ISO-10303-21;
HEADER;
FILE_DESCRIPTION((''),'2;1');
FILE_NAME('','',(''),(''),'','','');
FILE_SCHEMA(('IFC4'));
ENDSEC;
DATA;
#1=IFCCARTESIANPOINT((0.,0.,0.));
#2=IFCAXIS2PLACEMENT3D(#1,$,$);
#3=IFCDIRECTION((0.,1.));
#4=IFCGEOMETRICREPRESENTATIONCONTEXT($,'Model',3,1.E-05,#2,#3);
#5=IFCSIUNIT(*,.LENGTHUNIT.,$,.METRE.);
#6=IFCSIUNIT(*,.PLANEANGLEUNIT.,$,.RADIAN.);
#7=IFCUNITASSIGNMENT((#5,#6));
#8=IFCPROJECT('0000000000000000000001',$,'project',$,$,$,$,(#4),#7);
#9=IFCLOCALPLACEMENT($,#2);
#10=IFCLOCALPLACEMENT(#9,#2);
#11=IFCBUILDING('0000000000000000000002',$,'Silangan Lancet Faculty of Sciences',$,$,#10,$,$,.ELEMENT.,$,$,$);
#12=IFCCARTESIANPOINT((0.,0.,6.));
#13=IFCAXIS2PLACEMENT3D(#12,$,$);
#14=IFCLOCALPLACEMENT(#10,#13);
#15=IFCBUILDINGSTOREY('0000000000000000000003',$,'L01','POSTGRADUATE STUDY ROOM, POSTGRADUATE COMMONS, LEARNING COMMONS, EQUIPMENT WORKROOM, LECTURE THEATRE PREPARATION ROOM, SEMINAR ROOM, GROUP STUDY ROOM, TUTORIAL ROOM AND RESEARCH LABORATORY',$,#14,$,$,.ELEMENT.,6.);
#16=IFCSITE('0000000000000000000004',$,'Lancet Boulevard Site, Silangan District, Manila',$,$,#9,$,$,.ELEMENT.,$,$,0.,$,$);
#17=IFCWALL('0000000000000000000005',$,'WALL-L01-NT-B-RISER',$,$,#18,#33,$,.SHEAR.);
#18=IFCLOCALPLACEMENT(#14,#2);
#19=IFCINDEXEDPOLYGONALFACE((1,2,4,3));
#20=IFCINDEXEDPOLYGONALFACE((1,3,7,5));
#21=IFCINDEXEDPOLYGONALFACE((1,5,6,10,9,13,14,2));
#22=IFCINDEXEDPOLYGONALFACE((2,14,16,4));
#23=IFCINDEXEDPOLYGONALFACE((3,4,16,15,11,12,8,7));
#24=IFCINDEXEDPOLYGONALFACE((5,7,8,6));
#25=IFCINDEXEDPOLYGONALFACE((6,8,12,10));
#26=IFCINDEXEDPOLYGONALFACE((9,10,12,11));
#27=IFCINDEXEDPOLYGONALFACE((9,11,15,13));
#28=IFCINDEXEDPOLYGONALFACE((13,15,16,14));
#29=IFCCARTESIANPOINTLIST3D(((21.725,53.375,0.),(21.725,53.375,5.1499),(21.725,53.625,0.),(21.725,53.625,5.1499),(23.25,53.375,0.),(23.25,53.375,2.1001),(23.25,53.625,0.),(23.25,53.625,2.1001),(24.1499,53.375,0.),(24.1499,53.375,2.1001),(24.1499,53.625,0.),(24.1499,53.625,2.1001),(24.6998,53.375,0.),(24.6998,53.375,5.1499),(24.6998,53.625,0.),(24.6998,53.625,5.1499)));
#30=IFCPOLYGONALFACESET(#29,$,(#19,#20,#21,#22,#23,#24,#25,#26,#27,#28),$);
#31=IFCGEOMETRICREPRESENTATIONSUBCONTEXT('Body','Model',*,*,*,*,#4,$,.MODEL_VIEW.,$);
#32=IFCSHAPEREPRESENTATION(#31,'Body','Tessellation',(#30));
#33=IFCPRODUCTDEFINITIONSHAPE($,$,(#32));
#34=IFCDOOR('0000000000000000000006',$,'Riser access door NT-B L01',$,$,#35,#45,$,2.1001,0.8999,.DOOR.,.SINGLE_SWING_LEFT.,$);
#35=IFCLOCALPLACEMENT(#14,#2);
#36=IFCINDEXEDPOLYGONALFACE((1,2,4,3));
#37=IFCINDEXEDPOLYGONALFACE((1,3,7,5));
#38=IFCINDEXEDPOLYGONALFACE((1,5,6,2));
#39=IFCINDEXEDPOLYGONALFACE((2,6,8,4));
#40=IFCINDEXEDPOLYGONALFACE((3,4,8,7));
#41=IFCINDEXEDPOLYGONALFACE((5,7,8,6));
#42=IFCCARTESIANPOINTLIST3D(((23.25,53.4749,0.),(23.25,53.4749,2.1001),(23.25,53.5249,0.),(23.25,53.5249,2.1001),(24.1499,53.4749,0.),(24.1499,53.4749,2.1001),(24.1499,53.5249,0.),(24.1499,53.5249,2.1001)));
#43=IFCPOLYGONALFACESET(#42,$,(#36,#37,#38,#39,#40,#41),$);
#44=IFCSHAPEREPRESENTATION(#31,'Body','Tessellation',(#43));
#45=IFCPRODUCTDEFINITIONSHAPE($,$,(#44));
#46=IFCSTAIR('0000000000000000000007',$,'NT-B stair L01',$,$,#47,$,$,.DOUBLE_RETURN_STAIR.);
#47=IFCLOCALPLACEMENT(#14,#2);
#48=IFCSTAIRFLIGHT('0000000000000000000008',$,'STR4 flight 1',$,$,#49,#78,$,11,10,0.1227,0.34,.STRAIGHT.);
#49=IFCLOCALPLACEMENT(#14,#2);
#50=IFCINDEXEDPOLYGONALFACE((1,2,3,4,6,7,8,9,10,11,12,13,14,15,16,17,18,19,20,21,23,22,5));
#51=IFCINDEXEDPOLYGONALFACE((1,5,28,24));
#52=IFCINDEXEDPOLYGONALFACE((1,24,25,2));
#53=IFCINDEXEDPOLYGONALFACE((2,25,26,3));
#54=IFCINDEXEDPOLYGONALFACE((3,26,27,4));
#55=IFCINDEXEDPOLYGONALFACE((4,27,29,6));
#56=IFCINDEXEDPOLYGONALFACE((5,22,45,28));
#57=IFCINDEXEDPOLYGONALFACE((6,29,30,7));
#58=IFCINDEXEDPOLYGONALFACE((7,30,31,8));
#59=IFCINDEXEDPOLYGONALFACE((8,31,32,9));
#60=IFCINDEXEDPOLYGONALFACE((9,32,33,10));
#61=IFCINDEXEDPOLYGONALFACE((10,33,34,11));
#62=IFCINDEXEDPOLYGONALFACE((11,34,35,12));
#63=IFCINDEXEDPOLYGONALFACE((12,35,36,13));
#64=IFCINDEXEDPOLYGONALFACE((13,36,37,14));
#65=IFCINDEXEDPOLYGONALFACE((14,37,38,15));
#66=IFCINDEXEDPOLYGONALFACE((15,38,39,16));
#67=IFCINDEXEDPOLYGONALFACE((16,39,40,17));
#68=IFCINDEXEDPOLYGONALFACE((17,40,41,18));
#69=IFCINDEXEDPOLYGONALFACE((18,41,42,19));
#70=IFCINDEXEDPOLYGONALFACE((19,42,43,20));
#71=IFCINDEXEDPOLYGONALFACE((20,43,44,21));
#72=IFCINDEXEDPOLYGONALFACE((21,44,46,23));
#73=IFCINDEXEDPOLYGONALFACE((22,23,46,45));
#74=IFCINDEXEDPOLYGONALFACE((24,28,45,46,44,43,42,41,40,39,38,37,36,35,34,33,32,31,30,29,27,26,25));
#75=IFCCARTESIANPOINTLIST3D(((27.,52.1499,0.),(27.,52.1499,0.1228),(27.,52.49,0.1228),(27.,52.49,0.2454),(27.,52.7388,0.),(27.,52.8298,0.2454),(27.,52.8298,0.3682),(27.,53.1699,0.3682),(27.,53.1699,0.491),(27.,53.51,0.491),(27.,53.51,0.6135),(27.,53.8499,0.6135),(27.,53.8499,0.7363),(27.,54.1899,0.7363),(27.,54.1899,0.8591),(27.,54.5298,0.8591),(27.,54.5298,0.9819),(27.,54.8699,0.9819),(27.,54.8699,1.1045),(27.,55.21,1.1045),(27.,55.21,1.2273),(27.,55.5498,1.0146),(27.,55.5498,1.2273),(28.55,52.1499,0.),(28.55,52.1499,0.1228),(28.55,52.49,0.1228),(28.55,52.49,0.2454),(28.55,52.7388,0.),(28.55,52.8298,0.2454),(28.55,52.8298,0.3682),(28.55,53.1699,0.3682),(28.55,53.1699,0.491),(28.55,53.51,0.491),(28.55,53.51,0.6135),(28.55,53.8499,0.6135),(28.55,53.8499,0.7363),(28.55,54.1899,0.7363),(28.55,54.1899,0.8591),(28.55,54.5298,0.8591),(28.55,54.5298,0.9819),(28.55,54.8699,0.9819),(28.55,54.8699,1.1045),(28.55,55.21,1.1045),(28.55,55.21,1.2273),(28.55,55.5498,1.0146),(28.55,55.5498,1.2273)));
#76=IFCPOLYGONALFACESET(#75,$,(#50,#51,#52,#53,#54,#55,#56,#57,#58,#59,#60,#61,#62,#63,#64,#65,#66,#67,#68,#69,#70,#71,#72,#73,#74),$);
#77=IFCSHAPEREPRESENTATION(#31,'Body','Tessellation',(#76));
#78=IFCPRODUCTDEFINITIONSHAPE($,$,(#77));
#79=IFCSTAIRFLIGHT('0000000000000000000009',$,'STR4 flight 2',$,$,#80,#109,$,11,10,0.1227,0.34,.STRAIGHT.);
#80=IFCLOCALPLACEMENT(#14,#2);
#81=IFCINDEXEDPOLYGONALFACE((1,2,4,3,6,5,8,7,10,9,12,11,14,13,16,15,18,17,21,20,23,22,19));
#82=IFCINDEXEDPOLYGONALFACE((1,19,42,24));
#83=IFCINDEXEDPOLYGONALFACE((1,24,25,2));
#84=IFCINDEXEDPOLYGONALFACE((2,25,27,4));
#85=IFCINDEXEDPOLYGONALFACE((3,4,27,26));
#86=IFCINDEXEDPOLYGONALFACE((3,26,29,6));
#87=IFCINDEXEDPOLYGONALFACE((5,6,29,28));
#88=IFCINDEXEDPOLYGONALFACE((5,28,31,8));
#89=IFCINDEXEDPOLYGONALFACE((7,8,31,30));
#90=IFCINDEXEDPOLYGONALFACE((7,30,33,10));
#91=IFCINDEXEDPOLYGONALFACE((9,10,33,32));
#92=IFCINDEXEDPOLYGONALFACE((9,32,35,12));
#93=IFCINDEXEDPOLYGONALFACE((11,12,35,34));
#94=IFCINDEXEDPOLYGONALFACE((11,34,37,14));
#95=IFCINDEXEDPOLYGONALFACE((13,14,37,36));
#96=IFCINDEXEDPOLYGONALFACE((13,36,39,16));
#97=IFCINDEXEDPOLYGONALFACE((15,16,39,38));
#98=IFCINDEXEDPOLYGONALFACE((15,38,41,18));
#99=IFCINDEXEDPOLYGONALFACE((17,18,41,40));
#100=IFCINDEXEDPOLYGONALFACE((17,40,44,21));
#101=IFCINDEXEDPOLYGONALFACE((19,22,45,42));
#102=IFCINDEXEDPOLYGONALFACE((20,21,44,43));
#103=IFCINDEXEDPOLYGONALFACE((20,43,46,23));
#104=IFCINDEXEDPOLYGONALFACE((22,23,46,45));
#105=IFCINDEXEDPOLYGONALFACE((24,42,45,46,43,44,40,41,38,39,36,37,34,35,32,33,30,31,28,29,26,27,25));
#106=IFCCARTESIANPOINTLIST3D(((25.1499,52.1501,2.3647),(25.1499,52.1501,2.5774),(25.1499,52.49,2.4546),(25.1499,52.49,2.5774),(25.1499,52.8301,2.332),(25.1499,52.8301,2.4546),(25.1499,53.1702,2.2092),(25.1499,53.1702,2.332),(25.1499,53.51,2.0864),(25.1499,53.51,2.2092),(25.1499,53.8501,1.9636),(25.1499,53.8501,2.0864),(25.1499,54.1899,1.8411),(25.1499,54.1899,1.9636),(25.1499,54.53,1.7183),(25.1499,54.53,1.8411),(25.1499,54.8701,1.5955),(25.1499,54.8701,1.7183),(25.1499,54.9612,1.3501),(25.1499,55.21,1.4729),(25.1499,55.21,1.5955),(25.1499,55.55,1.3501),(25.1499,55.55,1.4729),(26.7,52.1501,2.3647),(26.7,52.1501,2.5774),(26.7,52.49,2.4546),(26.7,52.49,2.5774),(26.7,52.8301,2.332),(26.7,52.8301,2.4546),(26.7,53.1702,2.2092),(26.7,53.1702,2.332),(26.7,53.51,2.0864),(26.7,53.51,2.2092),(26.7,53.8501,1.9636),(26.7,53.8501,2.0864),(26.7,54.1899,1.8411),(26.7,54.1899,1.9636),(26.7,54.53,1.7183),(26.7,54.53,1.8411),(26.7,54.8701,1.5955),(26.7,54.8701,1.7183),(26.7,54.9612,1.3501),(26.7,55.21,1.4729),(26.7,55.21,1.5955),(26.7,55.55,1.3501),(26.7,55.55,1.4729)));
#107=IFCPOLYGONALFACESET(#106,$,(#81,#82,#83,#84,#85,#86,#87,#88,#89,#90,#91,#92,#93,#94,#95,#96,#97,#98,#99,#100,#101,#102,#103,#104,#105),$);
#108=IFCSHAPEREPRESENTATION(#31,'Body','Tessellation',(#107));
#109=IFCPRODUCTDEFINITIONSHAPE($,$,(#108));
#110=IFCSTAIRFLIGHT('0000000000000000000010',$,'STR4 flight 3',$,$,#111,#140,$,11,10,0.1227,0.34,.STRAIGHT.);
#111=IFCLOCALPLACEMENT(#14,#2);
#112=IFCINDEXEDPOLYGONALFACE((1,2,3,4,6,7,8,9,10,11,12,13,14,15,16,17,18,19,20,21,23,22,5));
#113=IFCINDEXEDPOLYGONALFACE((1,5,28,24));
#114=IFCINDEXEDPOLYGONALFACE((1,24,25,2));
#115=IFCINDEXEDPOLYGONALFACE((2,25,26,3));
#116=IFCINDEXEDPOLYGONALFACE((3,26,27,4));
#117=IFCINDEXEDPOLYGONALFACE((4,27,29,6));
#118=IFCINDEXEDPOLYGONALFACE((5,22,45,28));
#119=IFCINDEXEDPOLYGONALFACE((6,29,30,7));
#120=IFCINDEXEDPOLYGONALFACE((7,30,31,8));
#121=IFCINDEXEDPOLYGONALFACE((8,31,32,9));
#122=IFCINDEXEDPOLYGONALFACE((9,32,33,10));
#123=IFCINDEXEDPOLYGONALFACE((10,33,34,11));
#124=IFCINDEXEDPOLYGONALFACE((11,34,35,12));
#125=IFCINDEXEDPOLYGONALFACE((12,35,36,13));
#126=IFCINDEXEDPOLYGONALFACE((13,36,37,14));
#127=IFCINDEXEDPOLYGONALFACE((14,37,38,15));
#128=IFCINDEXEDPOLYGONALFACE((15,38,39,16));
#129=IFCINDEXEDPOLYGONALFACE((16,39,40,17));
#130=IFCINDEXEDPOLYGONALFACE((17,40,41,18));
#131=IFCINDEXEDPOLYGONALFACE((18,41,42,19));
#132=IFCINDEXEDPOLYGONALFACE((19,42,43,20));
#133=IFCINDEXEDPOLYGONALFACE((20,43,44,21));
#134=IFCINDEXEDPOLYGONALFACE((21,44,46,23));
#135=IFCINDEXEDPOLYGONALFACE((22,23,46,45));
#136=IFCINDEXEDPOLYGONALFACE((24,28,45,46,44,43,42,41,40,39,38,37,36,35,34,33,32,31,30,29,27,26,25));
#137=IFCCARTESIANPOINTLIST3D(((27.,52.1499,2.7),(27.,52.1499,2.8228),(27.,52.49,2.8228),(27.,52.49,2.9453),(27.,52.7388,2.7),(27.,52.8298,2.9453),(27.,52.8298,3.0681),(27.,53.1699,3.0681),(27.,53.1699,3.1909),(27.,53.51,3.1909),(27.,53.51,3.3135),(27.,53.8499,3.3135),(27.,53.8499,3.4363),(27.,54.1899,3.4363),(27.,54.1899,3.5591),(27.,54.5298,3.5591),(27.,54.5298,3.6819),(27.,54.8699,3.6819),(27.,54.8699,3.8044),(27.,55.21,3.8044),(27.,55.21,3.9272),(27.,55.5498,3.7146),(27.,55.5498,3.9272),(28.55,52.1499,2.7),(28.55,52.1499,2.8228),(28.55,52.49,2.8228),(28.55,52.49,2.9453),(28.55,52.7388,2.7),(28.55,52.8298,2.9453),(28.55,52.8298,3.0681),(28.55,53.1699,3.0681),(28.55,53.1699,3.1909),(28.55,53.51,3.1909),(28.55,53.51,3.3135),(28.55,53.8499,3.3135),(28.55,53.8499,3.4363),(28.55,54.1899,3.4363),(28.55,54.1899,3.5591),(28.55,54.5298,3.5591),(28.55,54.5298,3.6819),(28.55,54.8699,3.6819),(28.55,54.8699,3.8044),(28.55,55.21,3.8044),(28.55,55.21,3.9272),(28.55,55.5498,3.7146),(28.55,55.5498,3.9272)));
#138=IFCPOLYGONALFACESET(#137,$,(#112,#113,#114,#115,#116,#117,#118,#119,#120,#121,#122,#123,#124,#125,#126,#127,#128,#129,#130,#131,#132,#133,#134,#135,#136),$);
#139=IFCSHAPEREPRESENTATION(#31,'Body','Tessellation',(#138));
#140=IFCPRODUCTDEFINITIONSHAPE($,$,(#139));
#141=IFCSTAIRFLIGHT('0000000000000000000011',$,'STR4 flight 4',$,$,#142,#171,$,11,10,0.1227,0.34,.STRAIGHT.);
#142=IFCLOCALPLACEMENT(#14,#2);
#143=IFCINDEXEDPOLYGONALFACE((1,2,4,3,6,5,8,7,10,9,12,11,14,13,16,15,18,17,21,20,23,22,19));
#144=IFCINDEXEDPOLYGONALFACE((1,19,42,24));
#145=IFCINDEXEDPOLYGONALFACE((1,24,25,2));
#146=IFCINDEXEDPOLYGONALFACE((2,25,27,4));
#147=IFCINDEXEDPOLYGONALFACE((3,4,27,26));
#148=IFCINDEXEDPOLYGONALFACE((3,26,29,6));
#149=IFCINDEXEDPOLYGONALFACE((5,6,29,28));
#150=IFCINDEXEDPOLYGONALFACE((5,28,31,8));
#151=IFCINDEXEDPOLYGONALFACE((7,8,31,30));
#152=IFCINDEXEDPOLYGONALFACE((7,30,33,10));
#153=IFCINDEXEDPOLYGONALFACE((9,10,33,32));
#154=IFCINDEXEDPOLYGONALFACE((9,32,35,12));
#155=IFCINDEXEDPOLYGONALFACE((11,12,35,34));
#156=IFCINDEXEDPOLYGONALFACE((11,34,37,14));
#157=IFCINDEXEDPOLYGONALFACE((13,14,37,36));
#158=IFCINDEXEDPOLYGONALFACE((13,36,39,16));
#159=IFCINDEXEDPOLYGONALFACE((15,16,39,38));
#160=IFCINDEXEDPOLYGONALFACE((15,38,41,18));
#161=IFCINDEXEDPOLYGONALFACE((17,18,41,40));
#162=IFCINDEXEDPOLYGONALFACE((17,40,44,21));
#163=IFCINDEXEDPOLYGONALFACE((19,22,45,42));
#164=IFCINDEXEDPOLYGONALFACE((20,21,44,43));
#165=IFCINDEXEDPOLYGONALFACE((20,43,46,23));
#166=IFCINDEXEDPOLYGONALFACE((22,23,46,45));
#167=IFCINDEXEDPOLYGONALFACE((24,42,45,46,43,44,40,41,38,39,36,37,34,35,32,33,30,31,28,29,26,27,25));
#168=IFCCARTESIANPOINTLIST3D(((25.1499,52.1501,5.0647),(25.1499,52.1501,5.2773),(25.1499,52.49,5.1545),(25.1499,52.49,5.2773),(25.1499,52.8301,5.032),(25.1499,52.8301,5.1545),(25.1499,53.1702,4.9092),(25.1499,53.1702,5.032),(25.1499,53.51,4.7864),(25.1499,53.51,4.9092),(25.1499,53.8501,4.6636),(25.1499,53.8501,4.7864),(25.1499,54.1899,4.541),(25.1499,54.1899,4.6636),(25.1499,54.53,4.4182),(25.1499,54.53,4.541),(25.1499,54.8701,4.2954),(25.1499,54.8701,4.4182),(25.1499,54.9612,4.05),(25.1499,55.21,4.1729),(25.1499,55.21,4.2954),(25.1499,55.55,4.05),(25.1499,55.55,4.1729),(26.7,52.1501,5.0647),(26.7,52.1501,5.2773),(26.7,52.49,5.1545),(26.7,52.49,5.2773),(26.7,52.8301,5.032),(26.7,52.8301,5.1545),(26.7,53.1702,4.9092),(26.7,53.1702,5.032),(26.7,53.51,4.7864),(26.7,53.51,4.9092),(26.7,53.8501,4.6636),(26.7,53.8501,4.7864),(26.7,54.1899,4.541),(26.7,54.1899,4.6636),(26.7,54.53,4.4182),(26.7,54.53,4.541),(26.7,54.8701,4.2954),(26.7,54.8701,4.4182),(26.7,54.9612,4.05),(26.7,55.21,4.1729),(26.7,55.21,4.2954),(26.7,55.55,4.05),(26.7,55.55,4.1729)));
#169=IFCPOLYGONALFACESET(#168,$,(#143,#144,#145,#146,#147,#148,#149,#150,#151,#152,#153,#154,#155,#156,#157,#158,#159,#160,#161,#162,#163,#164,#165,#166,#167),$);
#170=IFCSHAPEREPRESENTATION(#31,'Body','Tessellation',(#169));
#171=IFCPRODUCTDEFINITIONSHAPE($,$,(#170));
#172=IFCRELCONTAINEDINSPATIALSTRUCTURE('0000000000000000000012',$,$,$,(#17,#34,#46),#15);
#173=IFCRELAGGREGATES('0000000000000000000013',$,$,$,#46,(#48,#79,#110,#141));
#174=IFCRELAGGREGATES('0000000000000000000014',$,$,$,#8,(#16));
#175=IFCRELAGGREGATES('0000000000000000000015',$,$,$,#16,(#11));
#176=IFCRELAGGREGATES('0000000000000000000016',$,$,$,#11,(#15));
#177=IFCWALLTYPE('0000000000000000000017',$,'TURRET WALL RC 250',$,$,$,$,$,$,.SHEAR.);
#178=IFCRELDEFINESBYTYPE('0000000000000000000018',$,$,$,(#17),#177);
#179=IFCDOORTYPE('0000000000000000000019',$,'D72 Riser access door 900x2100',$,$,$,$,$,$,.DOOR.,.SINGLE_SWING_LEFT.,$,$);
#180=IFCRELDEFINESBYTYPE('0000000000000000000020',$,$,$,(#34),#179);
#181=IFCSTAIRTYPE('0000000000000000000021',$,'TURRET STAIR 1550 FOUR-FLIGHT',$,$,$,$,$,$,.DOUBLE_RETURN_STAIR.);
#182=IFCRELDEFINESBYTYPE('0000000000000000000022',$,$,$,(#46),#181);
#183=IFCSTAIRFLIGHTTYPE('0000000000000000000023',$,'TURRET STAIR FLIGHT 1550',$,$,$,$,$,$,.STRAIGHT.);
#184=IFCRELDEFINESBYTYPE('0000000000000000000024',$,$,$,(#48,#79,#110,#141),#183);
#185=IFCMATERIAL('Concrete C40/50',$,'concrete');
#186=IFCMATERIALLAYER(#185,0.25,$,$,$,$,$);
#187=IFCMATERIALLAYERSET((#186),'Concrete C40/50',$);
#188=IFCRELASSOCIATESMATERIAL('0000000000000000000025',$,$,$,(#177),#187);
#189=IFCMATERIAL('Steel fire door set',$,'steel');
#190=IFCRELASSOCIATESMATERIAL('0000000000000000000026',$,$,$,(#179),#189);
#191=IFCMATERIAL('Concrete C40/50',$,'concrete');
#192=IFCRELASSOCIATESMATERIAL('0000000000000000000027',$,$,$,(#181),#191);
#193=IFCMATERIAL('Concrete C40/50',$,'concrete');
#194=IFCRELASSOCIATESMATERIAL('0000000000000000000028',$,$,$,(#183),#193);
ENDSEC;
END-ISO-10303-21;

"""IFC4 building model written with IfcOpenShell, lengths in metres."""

from ifc_helpers import new_model, si_unit, direction, frame, frame_2d, origin, place, context, subcontext, project, spatial, polyline, rectangle, outline, extrude, material, layer, layer_set, type_object, element, fill, aggregate, save


model = new_model("IFC4")

# Units and contexts
model_context = context("Model", 3, precision=1e-05, world=origin(), true_north=direction((0.0, 1.0)))
body_context = subcontext(model_context, "Body", "Model", "MODEL_VIEW")
ifc_project = project(units=[si_unit("LENGTHUNIT", "METRE"), si_unit("PLANEANGLEUNIT", "RADIAN")], contexts=[model_context])

# Site, building, storey
site_placement = place(None, origin())
site = spatial("IfcSite", under=ifc_project, at=site_placement, Name="Lancet Boulevard Site, Silangan District, Manila", CompositionType="ELEMENT", RefElevation=0.0)
building_placement = place(site_placement, origin())
building = spatial("IfcBuilding", under=site, at=building_placement, Name="Silangan Lancet Faculty of Sciences", CompositionType="ELEMENT")
storey_placement = place(building_placement, frame((0.0, 0.0, 6.0)))
storey = spatial("IfcBuildingStorey", under=building, at=storey_placement, Name="L01", Description="POSTGRADUATE STUDY ROOM, POSTGRADUATE COMMONS, LEARNING COMMONS, EQUIPMENT WORKROOM, LECTURE THEATRE PREPARATION ROOM, SEMINAR ROOM, GROUP STUDY ROOM, TUTORIAL ROOM AND RESEARCH LABORATORY", CompositionType="ELEMENT", Elevation=6.0)

# Shared definitions
ifc_material_1 = material(Name="Concrete C40/50", Category="concrete")
ifc_layer_1 = layer(ifc_material_1, 0.25)
ifc_layer_set_1 = layer_set([ifc_layer_1], Name="Concrete C40/50")
wall_type_1 = type_object("IfcWallType", Name="TURRET WALL RC 250", PredefinedType="SHEAR", material=ifc_layer_set_1)

# Wall, opening, door
wall_1_placement = place(storey_placement, frame((21.7251, 53.5, 0.0), z_axis=(0.0, 0.0, 1.0), x_axis=(1.0, 0.0, 0.0)))
wall_1 = element("IfcWall", 1, at=wall_1_placement, inside=storey, type_object=wall_type_1, Name="WALL-L01-NT-B-RISER", PredefinedType="SHEAR", context=body_context, shape_type="SweptSolid", body=[
    extrude(rectangle(XDim=2.9749, YDim=0.25, at=frame_2d((1.4873, 0.0))), origin(), (0.0, 0.0, 1.0), 5.1499),
])
opening_1_placement = place(wall_1_placement, frame((1.5249, 0.0, 0.0)))
opening_1 = element("IfcOpeningElement", 2, at=opening_1_placement, cuts=wall_1, PredefinedType="OPENING", context=body_context, shape_type="SweptSolid", body=[
    extrude(rectangle(XDim=0.8999, YDim=2.1001, at=frame_2d((0.45, 1.05))), frame((0.0, 0.135, 0.0), z_axis=(0.0, -1.0, 0.0), x_axis=(1.0, 0.0, 0.0)), (0.0, 0.0, 1.0), 0.27),
])
ifc_material_2 = material(Name="Steel fire door set", Category="steel")
door_type = type_object("IfcDoorType", Name="D72 Riser access door 900x2100", OperationType="SINGLE_SWING_LEFT", PredefinedType="DOOR", material=ifc_material_2)
door_placement = place(opening_1_placement, origin())
door = element("IfcDoor", 3, at=door_placement, inside=storey, type_object=door_type, Name="Riser access door NT-B L01", OperationType="SINGLE_SWING_LEFT", OverallHeight=2.1001, OverallWidth=0.8999, PredefinedType="DOOR", context=body_context, shape_type="SweptSolid", body=[
    extrude(rectangle(XDim=0.8999, YDim=2.1001, at=frame_2d((0.45, 1.05))), frame((0.0, 0.0249, 0.0), z_axis=(0.0, -1.0, 0.0), x_axis=(1.0, 0.0, 0.0)), (0.0, 0.0, 1.0), 0.05),
])
fill(opening_1, door)

# Stair, stair flights
ifc_material_3 = material(Name="Concrete C40/50", Category="concrete")
stair_type = type_object("IfcStairType", Name="TURRET STAIR 1550 FOUR-FLIGHT", PredefinedType="DOUBLE_RETURN_STAIR", material=ifc_material_3)
stair_placement = place(storey_placement, origin())
stair = element("IfcStair", 4, at=stair_placement, inside=storey, type_object=stair_type, Name="NT-B stair L01", PredefinedType="DOUBLE_RETURN_STAIR")
ifc_material_4 = material(Name="Concrete C40/50", Category="concrete")
stair_flight_type = type_object("IfcStairFlightType", Name="TURRET STAIR FLIGHT 1550", PredefinedType="STRAIGHT", material=ifc_material_4)
stair_flight_1_placement = place(storey_placement, frame((27.7749, 52.1499, 0.0), z_axis=(0.0, 0.0, 1.0), x_axis=(0.0, 1.0, 0.0)))
stair_flight_1 = element("IfcStairFlight", 5, at=stair_flight_1_placement, type_object=stair_flight_type, Name="STR4 flight 1", NumberOfRisers=11, NumberOfTreads=10, PredefinedType="STRAIGHT", RiserHeight=0.1227, TreadLength=0.34, context=body_context, shape_type="SweptSolid", body=[
    extrude(outline(polyline([(0.0, 0.0), (0.0, 0.1228), (0.3401, 0.1228), (0.3401, 0.2454), (0.6799, 0.2454), (0.6799, 0.3682), (1.02, 0.3682), (1.02, 0.491), (1.3601, 0.491), (1.3601, 0.6135), (1.7, 0.6135), (1.7, 0.7363), (2.04, 0.7363), (2.04, 0.8591), (2.3799, 0.8591), (2.3799, 0.9819), (2.72, 0.9819), (2.72, 1.1045), (3.0601, 1.1045), (3.0601, 1.2273), (3.3999, 1.2273), (3.3999, 1.3501), (3.3999, 1.0146), (0.5889, 0.0), (0.0, 0.0)])), frame((0.0, 0.7749, 0.0), z_axis=(0.0, -1.0, 0.0), x_axis=(1.0, 0.0, 0.0)), (0.0, 0.0, 1.0), 1.55),
])
stair_flight_2_placement = place(storey_placement, frame((25.925, 55.55, 1.3501), z_axis=(0.0, 0.0, 1.0), x_axis=(0.0, -1.0, 0.0)))
stair_flight_2 = element("IfcStairFlight", 6, at=stair_flight_2_placement, type_object=stair_flight_type, Name="STR4 flight 2", NumberOfRisers=11, NumberOfTreads=10, PredefinedType="STRAIGHT", RiserHeight=0.1227, TreadLength=0.34, context=body_context, shape_type="SweptSolid", body=[
    extrude(outline(polyline([(0.0, 0.0), (0.0, 0.1228), (0.3401, 0.1228), (0.3401, 0.2454), (0.6799, 0.2454), (0.6799, 0.3682), (1.02, 0.3682), (1.02, 0.491), (1.3601, 0.491), (1.3601, 0.6135), (1.7, 0.6135), (1.7, 0.7363), (2.04, 0.7363), (2.04, 0.8591), (2.3799, 0.8591), (2.3799, 0.9819), (2.72, 0.9819), (2.72, 1.1045), (3.0601, 1.1045), (3.0601, 1.2273), (3.3999, 1.2273), (3.3999, 1.3501), (3.3999, 1.0146), (0.5889, 0.0), (0.0, 0.0)])), frame((0.0, 0.7749, 0.0), z_axis=(0.0, -1.0, 0.0), x_axis=(1.0, 0.0, 0.0)), (0.0, 0.0, 1.0), 1.55),
])
stair_flight_3_placement = place(storey_placement, frame((27.7749, 52.1499, 2.7), z_axis=(0.0, 0.0, 1.0), x_axis=(0.0, 1.0, 0.0)))
stair_flight_3 = element("IfcStairFlight", 7, at=stair_flight_3_placement, type_object=stair_flight_type, Name="STR4 flight 3", NumberOfRisers=11, NumberOfTreads=10, PredefinedType="STRAIGHT", RiserHeight=0.1227, TreadLength=0.34, context=body_context, shape_type="SweptSolid", body=[
    extrude(outline(polyline([(0.0, 0.0), (0.0, 0.1228), (0.3401, 0.1228), (0.3401, 0.2454), (0.6799, 0.2454), (0.6799, 0.3682), (1.02, 0.3682), (1.02, 0.491), (1.3601, 0.491), (1.3601, 0.6135), (1.7, 0.6135), (1.7, 0.7363), (2.04, 0.7363), (2.04, 0.8591), (2.3799, 0.8591), (2.3799, 0.9819), (2.72, 0.9819), (2.72, 1.1045), (3.0601, 1.1045), (3.0601, 1.2273), (3.3999, 1.2273), (3.3999, 1.3501), (3.3999, 1.0146), (0.5889, 0.0), (0.0, 0.0)])), frame((0.0, 0.7749, 0.0), z_axis=(0.0, -1.0, 0.0), x_axis=(1.0, 0.0, 0.0)), (0.0, 0.0, 1.0), 1.55),
])
stair_flight_4_placement = place(storey_placement, frame((25.925, 55.55, 4.05), z_axis=(0.0, 0.0, 1.0), x_axis=(0.0, -1.0, 0.0)))
stair_flight_4 = element("IfcStairFlight", 8, at=stair_flight_4_placement, type_object=stair_flight_type, Name="STR4 flight 4", NumberOfRisers=11, NumberOfTreads=10, PredefinedType="STRAIGHT", RiserHeight=0.1227, TreadLength=0.34, context=body_context, shape_type="SweptSolid", body=[
    extrude(outline(polyline([(0.0, 0.0), (0.0, 0.1228), (0.3401, 0.1228), (0.3401, 0.2454), (0.6799, 0.2454), (0.6799, 0.3682), (1.02, 0.3682), (1.02, 0.491), (1.3601, 0.491), (1.3601, 0.6135), (1.7, 0.6135), (1.7, 0.7363), (2.04, 0.7363), (2.04, 0.8591), (2.3799, 0.8591), (2.3799, 0.9819), (2.72, 0.9819), (2.72, 1.1045), (3.0601, 1.1045), (3.0601, 1.2273), (3.3999, 1.2273), (3.3999, 1.3501), (3.3999, 1.0146), (0.5889, 0.0), (0.0, 0.0)])), frame((0.0, 0.7749, 0.0), z_axis=(0.0, -1.0, 0.0), x_axis=(1.0, 0.0, 0.0)), (0.0, 0.0, 1.0), 1.55),
])
aggregate(stair, [stair_flight_1, stair_flight_2, stair_flight_3, stair_flight_4])

save(model, "model.ifc")
